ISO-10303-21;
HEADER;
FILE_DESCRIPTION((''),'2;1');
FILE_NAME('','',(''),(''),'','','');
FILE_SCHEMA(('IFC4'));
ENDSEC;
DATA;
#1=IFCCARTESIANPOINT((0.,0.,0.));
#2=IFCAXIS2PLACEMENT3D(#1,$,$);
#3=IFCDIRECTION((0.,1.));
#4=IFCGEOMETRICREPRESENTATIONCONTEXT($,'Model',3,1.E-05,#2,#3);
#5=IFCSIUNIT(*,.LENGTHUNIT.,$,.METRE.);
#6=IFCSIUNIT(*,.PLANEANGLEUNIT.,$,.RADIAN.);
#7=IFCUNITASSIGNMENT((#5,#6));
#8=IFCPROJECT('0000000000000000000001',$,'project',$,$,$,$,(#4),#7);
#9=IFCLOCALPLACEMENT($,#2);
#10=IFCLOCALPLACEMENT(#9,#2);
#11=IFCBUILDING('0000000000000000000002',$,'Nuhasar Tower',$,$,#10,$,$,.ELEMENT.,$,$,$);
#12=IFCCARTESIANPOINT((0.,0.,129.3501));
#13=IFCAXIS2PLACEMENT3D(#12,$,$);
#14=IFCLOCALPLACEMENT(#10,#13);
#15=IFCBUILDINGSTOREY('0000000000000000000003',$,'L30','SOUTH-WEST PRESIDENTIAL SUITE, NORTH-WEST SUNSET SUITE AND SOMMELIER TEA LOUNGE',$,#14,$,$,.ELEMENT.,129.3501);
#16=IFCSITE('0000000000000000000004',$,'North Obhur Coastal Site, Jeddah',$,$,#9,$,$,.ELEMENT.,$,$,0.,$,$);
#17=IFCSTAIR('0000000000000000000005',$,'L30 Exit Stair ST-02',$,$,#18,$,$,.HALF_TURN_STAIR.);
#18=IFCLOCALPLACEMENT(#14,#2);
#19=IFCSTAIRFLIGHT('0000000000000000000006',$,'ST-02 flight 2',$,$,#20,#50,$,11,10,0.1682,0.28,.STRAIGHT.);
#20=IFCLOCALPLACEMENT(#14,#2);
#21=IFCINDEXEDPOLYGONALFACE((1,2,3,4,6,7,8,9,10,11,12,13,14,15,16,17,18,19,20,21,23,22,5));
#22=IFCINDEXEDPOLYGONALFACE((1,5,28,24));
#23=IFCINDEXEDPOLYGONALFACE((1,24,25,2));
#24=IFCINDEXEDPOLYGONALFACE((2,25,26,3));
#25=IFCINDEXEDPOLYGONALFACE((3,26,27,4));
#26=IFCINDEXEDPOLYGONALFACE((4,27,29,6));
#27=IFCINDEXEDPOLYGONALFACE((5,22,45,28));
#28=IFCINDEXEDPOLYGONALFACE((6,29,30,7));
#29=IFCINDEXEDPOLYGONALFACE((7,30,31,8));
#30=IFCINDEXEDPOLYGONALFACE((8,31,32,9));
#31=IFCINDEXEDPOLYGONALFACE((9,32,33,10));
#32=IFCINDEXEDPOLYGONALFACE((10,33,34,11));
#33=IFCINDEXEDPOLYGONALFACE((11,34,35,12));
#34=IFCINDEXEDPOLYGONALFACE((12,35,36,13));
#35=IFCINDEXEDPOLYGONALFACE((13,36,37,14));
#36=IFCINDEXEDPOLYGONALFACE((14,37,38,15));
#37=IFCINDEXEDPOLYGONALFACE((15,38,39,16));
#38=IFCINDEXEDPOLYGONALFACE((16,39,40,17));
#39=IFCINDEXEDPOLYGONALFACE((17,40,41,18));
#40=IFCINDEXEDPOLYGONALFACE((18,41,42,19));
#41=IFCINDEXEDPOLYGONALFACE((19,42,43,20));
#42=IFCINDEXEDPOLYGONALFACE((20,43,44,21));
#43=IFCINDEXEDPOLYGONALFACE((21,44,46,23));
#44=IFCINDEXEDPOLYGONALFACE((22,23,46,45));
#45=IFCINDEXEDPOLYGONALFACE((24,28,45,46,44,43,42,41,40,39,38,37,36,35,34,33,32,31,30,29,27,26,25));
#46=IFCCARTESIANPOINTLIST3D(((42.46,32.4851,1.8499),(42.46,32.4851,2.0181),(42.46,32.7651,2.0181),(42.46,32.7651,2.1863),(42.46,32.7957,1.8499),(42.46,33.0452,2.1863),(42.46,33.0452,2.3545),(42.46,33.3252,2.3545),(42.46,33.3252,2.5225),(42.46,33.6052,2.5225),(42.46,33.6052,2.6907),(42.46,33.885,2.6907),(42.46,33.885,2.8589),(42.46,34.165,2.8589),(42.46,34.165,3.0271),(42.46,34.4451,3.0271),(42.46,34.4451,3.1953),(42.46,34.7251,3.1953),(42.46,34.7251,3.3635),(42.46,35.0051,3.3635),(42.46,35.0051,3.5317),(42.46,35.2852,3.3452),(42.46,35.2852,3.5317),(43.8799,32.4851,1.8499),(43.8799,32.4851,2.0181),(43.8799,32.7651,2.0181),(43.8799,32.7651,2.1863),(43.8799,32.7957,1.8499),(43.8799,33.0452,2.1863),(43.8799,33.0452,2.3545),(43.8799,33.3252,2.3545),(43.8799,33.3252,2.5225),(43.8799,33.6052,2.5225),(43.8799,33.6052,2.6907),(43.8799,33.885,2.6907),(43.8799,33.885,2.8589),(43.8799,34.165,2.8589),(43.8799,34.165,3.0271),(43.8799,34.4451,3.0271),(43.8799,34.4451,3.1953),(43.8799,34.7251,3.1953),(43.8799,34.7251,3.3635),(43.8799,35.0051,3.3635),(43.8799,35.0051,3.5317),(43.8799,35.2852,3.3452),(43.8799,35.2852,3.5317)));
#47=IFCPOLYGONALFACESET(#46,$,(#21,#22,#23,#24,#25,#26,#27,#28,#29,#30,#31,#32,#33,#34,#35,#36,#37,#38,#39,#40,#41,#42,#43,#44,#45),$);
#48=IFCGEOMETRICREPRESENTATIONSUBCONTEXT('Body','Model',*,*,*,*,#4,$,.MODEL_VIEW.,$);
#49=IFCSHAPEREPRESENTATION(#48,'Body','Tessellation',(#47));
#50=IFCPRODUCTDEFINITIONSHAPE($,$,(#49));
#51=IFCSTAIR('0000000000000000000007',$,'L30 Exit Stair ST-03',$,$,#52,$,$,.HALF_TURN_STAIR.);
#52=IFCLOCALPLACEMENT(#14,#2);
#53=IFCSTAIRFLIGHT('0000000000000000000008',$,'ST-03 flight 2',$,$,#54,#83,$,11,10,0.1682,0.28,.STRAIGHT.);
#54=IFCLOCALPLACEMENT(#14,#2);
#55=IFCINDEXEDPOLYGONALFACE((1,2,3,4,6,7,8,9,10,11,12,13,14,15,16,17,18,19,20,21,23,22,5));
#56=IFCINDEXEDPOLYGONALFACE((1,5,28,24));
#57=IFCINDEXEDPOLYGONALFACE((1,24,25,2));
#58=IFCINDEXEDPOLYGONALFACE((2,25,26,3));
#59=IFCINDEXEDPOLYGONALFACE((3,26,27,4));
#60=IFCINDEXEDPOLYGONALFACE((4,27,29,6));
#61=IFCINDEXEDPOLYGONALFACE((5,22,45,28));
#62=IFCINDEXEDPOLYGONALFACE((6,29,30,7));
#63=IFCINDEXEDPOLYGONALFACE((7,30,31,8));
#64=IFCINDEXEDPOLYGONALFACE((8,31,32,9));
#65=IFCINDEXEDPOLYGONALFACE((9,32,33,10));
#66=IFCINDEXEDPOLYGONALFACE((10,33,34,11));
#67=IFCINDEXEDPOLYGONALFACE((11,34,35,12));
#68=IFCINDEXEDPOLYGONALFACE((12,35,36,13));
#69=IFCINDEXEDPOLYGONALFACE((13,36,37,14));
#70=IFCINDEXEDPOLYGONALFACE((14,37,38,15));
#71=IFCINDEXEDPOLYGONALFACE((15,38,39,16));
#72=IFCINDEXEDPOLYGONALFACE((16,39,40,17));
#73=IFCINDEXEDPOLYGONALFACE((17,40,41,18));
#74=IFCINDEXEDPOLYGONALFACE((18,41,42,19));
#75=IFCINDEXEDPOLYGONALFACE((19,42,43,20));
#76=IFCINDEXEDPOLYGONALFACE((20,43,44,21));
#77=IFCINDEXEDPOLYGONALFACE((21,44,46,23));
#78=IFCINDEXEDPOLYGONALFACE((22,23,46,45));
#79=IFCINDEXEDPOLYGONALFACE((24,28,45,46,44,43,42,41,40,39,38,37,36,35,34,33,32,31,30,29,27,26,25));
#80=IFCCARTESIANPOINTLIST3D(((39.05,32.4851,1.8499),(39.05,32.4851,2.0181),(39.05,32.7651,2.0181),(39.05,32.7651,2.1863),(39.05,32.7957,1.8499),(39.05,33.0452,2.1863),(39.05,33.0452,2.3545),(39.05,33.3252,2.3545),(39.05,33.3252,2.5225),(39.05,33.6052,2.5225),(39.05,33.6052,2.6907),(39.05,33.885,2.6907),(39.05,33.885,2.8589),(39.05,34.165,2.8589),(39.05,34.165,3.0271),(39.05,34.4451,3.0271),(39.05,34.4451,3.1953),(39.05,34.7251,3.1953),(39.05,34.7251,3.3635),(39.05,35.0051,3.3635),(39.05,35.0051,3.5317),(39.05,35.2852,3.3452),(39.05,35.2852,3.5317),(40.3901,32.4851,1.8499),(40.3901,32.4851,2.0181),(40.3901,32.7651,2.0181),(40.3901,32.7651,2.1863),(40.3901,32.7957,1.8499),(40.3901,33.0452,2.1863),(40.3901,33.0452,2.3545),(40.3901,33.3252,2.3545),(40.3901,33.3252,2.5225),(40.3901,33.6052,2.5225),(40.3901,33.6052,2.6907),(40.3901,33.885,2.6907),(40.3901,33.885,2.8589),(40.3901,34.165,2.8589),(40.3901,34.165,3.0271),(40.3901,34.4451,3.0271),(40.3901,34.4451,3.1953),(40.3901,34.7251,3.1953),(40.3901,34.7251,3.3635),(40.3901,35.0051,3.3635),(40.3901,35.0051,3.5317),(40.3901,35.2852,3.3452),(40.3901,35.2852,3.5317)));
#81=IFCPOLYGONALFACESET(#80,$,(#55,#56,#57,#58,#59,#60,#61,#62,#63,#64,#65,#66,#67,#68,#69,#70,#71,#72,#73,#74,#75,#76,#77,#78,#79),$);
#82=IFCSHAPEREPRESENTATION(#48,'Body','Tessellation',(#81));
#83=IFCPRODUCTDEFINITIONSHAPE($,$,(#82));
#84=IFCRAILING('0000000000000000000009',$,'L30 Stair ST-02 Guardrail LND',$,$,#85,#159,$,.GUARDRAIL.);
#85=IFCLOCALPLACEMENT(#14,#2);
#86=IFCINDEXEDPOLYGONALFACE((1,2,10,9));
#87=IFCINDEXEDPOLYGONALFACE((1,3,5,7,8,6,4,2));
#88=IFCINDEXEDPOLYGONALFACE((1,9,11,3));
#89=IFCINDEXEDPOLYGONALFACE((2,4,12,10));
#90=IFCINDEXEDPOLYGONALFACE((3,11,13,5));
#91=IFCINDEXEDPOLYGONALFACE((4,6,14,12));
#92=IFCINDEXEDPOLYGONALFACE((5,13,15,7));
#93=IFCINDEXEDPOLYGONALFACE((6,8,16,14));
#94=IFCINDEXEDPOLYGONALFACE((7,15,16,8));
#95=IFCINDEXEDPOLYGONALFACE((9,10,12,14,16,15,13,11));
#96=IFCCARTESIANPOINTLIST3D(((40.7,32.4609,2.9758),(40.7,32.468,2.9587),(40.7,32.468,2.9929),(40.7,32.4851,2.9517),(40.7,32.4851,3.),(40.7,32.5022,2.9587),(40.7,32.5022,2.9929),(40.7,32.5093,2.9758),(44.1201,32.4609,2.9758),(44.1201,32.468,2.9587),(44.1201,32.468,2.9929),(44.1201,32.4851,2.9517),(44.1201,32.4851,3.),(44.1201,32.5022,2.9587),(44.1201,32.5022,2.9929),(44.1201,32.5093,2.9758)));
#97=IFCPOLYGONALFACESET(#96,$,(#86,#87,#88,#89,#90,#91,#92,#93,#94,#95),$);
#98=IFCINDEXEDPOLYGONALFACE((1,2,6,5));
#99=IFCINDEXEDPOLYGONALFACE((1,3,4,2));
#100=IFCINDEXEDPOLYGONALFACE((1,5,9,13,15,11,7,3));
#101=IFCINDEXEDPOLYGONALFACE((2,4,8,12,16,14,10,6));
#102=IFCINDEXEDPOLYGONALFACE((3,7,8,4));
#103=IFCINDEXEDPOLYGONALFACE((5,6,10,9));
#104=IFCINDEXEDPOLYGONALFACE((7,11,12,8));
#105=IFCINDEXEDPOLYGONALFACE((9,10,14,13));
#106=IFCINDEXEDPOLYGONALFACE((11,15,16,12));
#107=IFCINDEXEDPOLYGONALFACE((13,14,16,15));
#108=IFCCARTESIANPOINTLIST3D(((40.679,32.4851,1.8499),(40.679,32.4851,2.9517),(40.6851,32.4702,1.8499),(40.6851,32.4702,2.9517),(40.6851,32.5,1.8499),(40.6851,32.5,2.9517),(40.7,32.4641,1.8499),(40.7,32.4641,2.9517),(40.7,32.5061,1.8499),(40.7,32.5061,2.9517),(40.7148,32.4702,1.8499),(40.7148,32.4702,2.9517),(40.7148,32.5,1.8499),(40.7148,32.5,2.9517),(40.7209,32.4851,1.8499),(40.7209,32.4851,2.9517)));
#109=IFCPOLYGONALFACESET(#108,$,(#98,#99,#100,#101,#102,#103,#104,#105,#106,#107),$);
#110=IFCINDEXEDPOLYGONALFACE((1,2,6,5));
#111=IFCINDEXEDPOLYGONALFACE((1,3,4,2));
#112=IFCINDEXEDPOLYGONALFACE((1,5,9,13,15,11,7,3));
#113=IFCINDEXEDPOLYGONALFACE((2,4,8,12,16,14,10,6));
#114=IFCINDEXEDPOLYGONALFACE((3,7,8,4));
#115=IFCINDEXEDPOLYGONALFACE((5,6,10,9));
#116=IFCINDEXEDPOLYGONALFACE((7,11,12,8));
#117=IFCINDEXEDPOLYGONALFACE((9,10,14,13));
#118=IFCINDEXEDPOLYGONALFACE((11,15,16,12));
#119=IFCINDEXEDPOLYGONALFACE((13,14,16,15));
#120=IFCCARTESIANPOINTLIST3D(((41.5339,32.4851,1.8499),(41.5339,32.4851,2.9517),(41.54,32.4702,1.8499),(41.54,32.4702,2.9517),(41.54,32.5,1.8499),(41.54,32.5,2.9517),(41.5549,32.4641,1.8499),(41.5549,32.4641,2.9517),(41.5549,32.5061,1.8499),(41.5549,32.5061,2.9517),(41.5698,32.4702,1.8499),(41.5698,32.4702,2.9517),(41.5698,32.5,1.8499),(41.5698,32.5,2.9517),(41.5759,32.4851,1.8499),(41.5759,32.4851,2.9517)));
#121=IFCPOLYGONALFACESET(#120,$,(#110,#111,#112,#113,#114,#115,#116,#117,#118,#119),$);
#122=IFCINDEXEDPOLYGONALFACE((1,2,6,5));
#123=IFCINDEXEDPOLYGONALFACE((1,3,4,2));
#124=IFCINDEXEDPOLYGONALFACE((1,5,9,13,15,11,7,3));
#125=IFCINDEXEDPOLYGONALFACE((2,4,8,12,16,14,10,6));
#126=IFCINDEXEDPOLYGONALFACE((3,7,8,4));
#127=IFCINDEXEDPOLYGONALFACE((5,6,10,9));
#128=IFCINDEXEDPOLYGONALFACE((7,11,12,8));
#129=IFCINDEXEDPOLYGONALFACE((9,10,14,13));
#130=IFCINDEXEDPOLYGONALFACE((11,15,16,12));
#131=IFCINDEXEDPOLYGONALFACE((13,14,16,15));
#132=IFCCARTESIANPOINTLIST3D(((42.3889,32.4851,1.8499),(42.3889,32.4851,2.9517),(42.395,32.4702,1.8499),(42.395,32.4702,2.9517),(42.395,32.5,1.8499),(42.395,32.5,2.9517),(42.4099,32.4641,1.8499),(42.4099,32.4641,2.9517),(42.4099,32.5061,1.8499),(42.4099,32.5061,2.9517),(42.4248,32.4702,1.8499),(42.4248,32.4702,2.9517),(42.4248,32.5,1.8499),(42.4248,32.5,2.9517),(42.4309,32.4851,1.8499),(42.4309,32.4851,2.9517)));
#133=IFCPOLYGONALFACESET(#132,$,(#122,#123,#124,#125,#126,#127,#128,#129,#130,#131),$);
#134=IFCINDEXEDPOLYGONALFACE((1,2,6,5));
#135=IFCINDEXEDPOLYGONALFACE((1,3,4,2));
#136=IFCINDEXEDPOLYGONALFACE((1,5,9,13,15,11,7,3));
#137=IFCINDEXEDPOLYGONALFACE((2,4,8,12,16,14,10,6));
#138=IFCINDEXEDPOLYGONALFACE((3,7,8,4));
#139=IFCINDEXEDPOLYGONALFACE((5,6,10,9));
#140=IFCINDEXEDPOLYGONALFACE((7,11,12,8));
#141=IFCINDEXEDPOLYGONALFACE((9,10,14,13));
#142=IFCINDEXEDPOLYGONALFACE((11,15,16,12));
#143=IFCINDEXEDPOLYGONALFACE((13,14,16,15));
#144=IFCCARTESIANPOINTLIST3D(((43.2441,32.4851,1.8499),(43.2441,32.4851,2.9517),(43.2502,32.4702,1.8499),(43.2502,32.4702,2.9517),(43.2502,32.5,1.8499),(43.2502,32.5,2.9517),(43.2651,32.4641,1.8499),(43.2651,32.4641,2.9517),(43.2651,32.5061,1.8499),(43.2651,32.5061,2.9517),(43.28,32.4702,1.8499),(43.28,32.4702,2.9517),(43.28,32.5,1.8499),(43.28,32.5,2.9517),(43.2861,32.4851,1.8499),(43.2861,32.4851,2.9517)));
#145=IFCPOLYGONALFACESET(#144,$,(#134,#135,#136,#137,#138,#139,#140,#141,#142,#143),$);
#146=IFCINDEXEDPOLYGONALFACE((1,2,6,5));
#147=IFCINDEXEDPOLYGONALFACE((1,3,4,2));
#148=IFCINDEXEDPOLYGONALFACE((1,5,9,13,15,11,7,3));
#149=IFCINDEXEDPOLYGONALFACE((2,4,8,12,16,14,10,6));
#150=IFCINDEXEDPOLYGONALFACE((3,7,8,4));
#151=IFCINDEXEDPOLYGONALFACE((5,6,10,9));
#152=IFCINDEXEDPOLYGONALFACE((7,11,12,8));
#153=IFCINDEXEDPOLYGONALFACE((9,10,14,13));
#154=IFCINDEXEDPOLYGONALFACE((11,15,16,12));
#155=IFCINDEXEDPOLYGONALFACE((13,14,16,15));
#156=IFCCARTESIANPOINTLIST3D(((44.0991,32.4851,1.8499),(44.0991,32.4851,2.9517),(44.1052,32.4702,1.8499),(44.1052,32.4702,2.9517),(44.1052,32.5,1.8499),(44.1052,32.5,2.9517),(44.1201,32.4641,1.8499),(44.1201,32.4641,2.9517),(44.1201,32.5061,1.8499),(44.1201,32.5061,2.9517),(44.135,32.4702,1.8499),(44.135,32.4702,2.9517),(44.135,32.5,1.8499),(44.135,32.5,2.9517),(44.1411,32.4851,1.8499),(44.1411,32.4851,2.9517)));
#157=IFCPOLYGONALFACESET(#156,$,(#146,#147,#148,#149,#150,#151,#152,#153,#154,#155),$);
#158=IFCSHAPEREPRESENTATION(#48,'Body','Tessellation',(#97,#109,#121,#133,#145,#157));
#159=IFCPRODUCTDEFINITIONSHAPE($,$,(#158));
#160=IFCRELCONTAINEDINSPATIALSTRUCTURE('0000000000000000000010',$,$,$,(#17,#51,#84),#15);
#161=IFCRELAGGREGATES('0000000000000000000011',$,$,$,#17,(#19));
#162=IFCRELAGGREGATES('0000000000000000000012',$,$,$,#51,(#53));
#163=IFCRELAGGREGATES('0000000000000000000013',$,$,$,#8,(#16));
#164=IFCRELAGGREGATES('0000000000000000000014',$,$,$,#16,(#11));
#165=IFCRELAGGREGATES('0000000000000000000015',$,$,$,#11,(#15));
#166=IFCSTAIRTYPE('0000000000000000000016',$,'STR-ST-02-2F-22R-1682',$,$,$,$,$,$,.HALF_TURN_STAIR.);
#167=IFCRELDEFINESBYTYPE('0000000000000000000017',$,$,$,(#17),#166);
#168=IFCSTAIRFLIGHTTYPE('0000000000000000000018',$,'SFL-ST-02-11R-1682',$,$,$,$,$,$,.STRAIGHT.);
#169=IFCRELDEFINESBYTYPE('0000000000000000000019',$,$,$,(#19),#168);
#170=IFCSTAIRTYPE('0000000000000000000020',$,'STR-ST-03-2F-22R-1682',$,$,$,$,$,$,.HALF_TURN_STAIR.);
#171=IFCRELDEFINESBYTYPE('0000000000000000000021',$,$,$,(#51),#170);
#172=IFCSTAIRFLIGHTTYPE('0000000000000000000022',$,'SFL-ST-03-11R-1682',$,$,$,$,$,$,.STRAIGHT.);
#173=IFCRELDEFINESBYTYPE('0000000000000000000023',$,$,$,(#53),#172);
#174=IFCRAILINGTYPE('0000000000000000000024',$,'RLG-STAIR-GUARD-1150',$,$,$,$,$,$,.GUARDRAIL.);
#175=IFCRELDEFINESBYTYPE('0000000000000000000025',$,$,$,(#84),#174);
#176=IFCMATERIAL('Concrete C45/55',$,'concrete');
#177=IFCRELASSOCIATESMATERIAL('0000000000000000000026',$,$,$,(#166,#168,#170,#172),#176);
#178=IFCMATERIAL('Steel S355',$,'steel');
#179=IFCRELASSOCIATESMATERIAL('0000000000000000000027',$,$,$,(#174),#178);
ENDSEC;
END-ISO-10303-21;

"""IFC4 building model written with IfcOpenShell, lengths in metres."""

from ifc_helpers import new_model, si_unit, direction, frame, origin, place, context, subcontext, project, spatial, polyline, outline, extrude, material, type_object, element, aggregate, save


model = new_model("IFC4")

# Units and contexts
model_context = context("Model", 3, precision=1e-05, world=origin(), true_north=direction((0.0, 1.0)))
body_context = subcontext(model_context, "Body", "Model", "MODEL_VIEW")
ifc_project = project(units=[si_unit("LENGTHUNIT", "METRE"), si_unit("PLANEANGLEUNIT", "RADIAN")], contexts=[model_context])

# Site, building, storey
site_placement = place(None, origin())
site = spatial("IfcSite", under=ifc_project, at=site_placement, Name="North Obhur Coastal Site, Jeddah", CompositionType="ELEMENT", RefElevation=0.0)
building_placement = place(site_placement, origin())
building = spatial("IfcBuilding", under=site, at=building_placement, Name="Nuhasar Tower", CompositionType="ELEMENT")
storey_placement = place(building_placement, frame((0.0, 0.0, 129.3501)))
storey = spatial("IfcBuildingStorey", under=building, at=storey_placement, Name="L30", Description="SOUTH-WEST PRESIDENTIAL SUITE, NORTH-WEST SUNSET SUITE AND SOMMELIER TEA LOUNGE", CompositionType="ELEMENT", Elevation=129.3501)

# Shared definitions
ifc_material_1 = material(Name="Steel S355", Category="steel")

# Shared definitions
ifc_material_2 = material(Name="Concrete C45/55", Category="concrete")

# Stair, stair flight
stair_type_1 = type_object("IfcStairType", Name="STR-ST-02-2F-22R-1682", PredefinedType="HALF_TURN_STAIR", material=ifc_material_2)
stair_1_placement = place(storey_placement, origin())
stair_1 = element("IfcStair", 1, at=stair_1_placement, inside=storey, type_object=stair_type_1, Name="L30 Exit Stair ST-02", PredefinedType="HALF_TURN_STAIR")
stair_flight_type_1 = type_object("IfcStairFlightType", Name="SFL-ST-02-11R-1682", PredefinedType="STRAIGHT", material=ifc_material_2)
stair_flight_1_placement = place(storey_placement, frame((43.1699, 32.4851, 1.8499), z_axis=(0.0, 0.0, 1.0), x_axis=(0.0, 1.0, 0.0)))
stair_flight_1 = element("IfcStairFlight", 2, at=stair_flight_1_placement, type_object=stair_flight_type_1, Name="ST-02 flight 2", NumberOfRisers=11, NumberOfTreads=10, PredefinedType="STRAIGHT", RiserHeight=0.1682, TreadLength=0.28, context=body_context, shape_type="SweptSolid", body=[
    extrude(outline(polyline([(0.0, 0.0), (0.0, 0.1682), (0.28, 0.1682), (0.28, 0.3364), (0.5601, 0.3364), (0.5601, 0.5046), (0.8401, 0.5046), (0.8401, 0.6726), (1.1201, 0.6726), (1.1201, 0.8408), (1.3999, 0.8408), (1.3999, 1.009), (1.6799, 1.009), (1.6799, 1.1772), (1.96, 1.1772), (1.96, 1.3455), (2.24, 1.3455), (2.24, 1.5137), (2.52, 1.5137), (2.52, 1.6819), (2.8, 1.6819), (2.8, 1.8501), (2.8, 1.4954), (0.3105, 0.0), (0.0, 0.0)])), frame((0.0, 0.71, 0.0), z_axis=(0.0, -1.0, 0.0), x_axis=(1.0, 0.0, 0.0)), (0.0, 0.0, 1.0), 1.4199),
])
aggregate(stair_1, [stair_flight_1])

# Stair, stair flight
stair_type_2 = type_object("IfcStairType", Name="STR-ST-03-2F-22R-1682", PredefinedType="HALF_TURN_STAIR", material=ifc_material_2)
stair_2_placement = place(storey_placement, origin())
stair_2 = element("IfcStair", 3, at=stair_2_placement, inside=storey, type_object=stair_type_2, Name="L30 Exit Stair ST-03", PredefinedType="HALF_TURN_STAIR")
stair_flight_type_2 = type_object("IfcStairFlightType", Name="SFL-ST-03-11R-1682", PredefinedType="STRAIGHT", material=ifc_material_2)
stair_flight_2_placement = place(storey_placement, frame((39.72, 32.4851, 1.8499), z_axis=(0.0, 0.0, 1.0), x_axis=(0.0, 1.0, 0.0)))
stair_flight_2 = element("IfcStairFlight", 4, at=stair_flight_2_placement, type_object=stair_flight_type_2, Name="ST-03 flight 2", NumberOfRisers=11, NumberOfTreads=10, PredefinedType="STRAIGHT", RiserHeight=0.1682, TreadLength=0.28, context=body_context, shape_type="SweptSolid", body=[
    extrude(outline(polyline([(0.0, 0.0), (0.0, 0.1682), (0.28, 0.1682), (0.28, 0.3364), (0.5601, 0.3364), (0.5601, 0.5046), (0.8401, 0.5046), (0.8401, 0.6726), (1.1201, 0.6726), (1.1201, 0.8408), (1.3999, 0.8408), (1.3999, 1.009), (1.6799, 1.009), (1.6799, 1.1772), (1.96, 1.1772), (1.96, 1.3455), (2.24, 1.3455), (2.24, 1.5137), (2.52, 1.5137), (2.52, 1.6819), (2.8, 1.6819), (2.8, 1.8501), (2.8, 1.4954), (0.3105, 0.0), (0.0, 0.0)])), frame((0.0, 0.6699, 0.0), z_axis=(0.0, -1.0, 0.0), x_axis=(1.0, 0.0, 0.0)), (0.0, 0.0, 1.0), 1.3401),
])
aggregate(stair_2, [stair_flight_2])

# Railing
railing_type_1 = type_object("IfcRailingType", Name="RLG-STAIR-GUARD-1150", PredefinedType="GUARDRAIL", material=ifc_material_1)
railing_1_placement = place(storey_placement, frame((40.7, 32.4851, 1.8499)))
element("IfcRailing", 5, at=railing_1_placement, inside=storey, type_object=railing_type_1, Name="L30 Stair ST-02 Guardrail LND", PredefinedType="GUARDRAIL", context=body_context, shape_type="SweptSolid", body=[
    extrude(outline(polyline([(0.0242, 0.0), (0.0171, 0.0171), (0.0, 0.0242), (-0.0171, 0.0171), (-0.0242, 0.0), (-0.0171, -0.0171), (0.0, -0.0242), (0.0171, -0.0171), (0.0242, 0.0)])), frame((0.0, 0.0, 1.126), z_axis=(1.0, 0.0, 0.0), x_axis=(0.0, 1.0, 0.0)), (0.0, 0.0, 1.0), 3.4202),
    extrude(outline(polyline([(0.021, 0.0), (0.0149, 0.0149), (0.0, 0.021), (-0.0149, 0.0149), (-0.021, 0.0), (-0.0149, -0.0149), (0.0, -0.021), (0.0149, -0.0149), (0.021, 0.0)])), origin(), (0.0, 0.0, 1.0), 1.1018),
    extrude(outline(polyline([(0.021, 0.0), (0.0149, 0.0149), (0.0, 0.021), (-0.0149, 0.0149), (-0.021, 0.0), (-0.0149, -0.0149), (0.0, -0.021), (0.0149, -0.0149), (0.021, 0.0)])), frame((0.855, 0.0, 0.0)), (0.0, 0.0, 1.0), 1.1018),
    extrude(outline(polyline([(0.021, 0.0), (0.0149, 0.0149), (0.0, 0.021), (-0.0149, 0.0149), (-0.021, 0.0), (-0.0149, -0.0149), (0.0, -0.021), (0.0149, -0.0149), (0.021, 0.0)])), frame((1.71, 0.0, 0.0)), (0.0, 0.0, 1.0), 1.1018),
    extrude(outline(polyline([(0.021, 0.0), (0.0149, 0.0149), (0.0, 0.021), (-0.0149, 0.0149), (-0.021, 0.0), (-0.0149, -0.0149), (0.0, -0.021), (0.0149, -0.0149), (0.021, 0.0)])), frame((2.5652, 0.0, 0.0)), (0.0, 0.0, 1.0), 1.1018),
    extrude(outline(polyline([(0.021, 0.0), (0.0149, 0.0149), (0.0, 0.021), (-0.0149, 0.0149), (-0.021, 0.0), (-0.0149, -0.0149), (0.0, -0.021), (0.0149, -0.0149), (0.021, 0.0)])), frame((3.4202, 0.0, 0.0)), (0.0, 0.0, 1.0), 1.1018),
])

save(model, "model.ifc")
